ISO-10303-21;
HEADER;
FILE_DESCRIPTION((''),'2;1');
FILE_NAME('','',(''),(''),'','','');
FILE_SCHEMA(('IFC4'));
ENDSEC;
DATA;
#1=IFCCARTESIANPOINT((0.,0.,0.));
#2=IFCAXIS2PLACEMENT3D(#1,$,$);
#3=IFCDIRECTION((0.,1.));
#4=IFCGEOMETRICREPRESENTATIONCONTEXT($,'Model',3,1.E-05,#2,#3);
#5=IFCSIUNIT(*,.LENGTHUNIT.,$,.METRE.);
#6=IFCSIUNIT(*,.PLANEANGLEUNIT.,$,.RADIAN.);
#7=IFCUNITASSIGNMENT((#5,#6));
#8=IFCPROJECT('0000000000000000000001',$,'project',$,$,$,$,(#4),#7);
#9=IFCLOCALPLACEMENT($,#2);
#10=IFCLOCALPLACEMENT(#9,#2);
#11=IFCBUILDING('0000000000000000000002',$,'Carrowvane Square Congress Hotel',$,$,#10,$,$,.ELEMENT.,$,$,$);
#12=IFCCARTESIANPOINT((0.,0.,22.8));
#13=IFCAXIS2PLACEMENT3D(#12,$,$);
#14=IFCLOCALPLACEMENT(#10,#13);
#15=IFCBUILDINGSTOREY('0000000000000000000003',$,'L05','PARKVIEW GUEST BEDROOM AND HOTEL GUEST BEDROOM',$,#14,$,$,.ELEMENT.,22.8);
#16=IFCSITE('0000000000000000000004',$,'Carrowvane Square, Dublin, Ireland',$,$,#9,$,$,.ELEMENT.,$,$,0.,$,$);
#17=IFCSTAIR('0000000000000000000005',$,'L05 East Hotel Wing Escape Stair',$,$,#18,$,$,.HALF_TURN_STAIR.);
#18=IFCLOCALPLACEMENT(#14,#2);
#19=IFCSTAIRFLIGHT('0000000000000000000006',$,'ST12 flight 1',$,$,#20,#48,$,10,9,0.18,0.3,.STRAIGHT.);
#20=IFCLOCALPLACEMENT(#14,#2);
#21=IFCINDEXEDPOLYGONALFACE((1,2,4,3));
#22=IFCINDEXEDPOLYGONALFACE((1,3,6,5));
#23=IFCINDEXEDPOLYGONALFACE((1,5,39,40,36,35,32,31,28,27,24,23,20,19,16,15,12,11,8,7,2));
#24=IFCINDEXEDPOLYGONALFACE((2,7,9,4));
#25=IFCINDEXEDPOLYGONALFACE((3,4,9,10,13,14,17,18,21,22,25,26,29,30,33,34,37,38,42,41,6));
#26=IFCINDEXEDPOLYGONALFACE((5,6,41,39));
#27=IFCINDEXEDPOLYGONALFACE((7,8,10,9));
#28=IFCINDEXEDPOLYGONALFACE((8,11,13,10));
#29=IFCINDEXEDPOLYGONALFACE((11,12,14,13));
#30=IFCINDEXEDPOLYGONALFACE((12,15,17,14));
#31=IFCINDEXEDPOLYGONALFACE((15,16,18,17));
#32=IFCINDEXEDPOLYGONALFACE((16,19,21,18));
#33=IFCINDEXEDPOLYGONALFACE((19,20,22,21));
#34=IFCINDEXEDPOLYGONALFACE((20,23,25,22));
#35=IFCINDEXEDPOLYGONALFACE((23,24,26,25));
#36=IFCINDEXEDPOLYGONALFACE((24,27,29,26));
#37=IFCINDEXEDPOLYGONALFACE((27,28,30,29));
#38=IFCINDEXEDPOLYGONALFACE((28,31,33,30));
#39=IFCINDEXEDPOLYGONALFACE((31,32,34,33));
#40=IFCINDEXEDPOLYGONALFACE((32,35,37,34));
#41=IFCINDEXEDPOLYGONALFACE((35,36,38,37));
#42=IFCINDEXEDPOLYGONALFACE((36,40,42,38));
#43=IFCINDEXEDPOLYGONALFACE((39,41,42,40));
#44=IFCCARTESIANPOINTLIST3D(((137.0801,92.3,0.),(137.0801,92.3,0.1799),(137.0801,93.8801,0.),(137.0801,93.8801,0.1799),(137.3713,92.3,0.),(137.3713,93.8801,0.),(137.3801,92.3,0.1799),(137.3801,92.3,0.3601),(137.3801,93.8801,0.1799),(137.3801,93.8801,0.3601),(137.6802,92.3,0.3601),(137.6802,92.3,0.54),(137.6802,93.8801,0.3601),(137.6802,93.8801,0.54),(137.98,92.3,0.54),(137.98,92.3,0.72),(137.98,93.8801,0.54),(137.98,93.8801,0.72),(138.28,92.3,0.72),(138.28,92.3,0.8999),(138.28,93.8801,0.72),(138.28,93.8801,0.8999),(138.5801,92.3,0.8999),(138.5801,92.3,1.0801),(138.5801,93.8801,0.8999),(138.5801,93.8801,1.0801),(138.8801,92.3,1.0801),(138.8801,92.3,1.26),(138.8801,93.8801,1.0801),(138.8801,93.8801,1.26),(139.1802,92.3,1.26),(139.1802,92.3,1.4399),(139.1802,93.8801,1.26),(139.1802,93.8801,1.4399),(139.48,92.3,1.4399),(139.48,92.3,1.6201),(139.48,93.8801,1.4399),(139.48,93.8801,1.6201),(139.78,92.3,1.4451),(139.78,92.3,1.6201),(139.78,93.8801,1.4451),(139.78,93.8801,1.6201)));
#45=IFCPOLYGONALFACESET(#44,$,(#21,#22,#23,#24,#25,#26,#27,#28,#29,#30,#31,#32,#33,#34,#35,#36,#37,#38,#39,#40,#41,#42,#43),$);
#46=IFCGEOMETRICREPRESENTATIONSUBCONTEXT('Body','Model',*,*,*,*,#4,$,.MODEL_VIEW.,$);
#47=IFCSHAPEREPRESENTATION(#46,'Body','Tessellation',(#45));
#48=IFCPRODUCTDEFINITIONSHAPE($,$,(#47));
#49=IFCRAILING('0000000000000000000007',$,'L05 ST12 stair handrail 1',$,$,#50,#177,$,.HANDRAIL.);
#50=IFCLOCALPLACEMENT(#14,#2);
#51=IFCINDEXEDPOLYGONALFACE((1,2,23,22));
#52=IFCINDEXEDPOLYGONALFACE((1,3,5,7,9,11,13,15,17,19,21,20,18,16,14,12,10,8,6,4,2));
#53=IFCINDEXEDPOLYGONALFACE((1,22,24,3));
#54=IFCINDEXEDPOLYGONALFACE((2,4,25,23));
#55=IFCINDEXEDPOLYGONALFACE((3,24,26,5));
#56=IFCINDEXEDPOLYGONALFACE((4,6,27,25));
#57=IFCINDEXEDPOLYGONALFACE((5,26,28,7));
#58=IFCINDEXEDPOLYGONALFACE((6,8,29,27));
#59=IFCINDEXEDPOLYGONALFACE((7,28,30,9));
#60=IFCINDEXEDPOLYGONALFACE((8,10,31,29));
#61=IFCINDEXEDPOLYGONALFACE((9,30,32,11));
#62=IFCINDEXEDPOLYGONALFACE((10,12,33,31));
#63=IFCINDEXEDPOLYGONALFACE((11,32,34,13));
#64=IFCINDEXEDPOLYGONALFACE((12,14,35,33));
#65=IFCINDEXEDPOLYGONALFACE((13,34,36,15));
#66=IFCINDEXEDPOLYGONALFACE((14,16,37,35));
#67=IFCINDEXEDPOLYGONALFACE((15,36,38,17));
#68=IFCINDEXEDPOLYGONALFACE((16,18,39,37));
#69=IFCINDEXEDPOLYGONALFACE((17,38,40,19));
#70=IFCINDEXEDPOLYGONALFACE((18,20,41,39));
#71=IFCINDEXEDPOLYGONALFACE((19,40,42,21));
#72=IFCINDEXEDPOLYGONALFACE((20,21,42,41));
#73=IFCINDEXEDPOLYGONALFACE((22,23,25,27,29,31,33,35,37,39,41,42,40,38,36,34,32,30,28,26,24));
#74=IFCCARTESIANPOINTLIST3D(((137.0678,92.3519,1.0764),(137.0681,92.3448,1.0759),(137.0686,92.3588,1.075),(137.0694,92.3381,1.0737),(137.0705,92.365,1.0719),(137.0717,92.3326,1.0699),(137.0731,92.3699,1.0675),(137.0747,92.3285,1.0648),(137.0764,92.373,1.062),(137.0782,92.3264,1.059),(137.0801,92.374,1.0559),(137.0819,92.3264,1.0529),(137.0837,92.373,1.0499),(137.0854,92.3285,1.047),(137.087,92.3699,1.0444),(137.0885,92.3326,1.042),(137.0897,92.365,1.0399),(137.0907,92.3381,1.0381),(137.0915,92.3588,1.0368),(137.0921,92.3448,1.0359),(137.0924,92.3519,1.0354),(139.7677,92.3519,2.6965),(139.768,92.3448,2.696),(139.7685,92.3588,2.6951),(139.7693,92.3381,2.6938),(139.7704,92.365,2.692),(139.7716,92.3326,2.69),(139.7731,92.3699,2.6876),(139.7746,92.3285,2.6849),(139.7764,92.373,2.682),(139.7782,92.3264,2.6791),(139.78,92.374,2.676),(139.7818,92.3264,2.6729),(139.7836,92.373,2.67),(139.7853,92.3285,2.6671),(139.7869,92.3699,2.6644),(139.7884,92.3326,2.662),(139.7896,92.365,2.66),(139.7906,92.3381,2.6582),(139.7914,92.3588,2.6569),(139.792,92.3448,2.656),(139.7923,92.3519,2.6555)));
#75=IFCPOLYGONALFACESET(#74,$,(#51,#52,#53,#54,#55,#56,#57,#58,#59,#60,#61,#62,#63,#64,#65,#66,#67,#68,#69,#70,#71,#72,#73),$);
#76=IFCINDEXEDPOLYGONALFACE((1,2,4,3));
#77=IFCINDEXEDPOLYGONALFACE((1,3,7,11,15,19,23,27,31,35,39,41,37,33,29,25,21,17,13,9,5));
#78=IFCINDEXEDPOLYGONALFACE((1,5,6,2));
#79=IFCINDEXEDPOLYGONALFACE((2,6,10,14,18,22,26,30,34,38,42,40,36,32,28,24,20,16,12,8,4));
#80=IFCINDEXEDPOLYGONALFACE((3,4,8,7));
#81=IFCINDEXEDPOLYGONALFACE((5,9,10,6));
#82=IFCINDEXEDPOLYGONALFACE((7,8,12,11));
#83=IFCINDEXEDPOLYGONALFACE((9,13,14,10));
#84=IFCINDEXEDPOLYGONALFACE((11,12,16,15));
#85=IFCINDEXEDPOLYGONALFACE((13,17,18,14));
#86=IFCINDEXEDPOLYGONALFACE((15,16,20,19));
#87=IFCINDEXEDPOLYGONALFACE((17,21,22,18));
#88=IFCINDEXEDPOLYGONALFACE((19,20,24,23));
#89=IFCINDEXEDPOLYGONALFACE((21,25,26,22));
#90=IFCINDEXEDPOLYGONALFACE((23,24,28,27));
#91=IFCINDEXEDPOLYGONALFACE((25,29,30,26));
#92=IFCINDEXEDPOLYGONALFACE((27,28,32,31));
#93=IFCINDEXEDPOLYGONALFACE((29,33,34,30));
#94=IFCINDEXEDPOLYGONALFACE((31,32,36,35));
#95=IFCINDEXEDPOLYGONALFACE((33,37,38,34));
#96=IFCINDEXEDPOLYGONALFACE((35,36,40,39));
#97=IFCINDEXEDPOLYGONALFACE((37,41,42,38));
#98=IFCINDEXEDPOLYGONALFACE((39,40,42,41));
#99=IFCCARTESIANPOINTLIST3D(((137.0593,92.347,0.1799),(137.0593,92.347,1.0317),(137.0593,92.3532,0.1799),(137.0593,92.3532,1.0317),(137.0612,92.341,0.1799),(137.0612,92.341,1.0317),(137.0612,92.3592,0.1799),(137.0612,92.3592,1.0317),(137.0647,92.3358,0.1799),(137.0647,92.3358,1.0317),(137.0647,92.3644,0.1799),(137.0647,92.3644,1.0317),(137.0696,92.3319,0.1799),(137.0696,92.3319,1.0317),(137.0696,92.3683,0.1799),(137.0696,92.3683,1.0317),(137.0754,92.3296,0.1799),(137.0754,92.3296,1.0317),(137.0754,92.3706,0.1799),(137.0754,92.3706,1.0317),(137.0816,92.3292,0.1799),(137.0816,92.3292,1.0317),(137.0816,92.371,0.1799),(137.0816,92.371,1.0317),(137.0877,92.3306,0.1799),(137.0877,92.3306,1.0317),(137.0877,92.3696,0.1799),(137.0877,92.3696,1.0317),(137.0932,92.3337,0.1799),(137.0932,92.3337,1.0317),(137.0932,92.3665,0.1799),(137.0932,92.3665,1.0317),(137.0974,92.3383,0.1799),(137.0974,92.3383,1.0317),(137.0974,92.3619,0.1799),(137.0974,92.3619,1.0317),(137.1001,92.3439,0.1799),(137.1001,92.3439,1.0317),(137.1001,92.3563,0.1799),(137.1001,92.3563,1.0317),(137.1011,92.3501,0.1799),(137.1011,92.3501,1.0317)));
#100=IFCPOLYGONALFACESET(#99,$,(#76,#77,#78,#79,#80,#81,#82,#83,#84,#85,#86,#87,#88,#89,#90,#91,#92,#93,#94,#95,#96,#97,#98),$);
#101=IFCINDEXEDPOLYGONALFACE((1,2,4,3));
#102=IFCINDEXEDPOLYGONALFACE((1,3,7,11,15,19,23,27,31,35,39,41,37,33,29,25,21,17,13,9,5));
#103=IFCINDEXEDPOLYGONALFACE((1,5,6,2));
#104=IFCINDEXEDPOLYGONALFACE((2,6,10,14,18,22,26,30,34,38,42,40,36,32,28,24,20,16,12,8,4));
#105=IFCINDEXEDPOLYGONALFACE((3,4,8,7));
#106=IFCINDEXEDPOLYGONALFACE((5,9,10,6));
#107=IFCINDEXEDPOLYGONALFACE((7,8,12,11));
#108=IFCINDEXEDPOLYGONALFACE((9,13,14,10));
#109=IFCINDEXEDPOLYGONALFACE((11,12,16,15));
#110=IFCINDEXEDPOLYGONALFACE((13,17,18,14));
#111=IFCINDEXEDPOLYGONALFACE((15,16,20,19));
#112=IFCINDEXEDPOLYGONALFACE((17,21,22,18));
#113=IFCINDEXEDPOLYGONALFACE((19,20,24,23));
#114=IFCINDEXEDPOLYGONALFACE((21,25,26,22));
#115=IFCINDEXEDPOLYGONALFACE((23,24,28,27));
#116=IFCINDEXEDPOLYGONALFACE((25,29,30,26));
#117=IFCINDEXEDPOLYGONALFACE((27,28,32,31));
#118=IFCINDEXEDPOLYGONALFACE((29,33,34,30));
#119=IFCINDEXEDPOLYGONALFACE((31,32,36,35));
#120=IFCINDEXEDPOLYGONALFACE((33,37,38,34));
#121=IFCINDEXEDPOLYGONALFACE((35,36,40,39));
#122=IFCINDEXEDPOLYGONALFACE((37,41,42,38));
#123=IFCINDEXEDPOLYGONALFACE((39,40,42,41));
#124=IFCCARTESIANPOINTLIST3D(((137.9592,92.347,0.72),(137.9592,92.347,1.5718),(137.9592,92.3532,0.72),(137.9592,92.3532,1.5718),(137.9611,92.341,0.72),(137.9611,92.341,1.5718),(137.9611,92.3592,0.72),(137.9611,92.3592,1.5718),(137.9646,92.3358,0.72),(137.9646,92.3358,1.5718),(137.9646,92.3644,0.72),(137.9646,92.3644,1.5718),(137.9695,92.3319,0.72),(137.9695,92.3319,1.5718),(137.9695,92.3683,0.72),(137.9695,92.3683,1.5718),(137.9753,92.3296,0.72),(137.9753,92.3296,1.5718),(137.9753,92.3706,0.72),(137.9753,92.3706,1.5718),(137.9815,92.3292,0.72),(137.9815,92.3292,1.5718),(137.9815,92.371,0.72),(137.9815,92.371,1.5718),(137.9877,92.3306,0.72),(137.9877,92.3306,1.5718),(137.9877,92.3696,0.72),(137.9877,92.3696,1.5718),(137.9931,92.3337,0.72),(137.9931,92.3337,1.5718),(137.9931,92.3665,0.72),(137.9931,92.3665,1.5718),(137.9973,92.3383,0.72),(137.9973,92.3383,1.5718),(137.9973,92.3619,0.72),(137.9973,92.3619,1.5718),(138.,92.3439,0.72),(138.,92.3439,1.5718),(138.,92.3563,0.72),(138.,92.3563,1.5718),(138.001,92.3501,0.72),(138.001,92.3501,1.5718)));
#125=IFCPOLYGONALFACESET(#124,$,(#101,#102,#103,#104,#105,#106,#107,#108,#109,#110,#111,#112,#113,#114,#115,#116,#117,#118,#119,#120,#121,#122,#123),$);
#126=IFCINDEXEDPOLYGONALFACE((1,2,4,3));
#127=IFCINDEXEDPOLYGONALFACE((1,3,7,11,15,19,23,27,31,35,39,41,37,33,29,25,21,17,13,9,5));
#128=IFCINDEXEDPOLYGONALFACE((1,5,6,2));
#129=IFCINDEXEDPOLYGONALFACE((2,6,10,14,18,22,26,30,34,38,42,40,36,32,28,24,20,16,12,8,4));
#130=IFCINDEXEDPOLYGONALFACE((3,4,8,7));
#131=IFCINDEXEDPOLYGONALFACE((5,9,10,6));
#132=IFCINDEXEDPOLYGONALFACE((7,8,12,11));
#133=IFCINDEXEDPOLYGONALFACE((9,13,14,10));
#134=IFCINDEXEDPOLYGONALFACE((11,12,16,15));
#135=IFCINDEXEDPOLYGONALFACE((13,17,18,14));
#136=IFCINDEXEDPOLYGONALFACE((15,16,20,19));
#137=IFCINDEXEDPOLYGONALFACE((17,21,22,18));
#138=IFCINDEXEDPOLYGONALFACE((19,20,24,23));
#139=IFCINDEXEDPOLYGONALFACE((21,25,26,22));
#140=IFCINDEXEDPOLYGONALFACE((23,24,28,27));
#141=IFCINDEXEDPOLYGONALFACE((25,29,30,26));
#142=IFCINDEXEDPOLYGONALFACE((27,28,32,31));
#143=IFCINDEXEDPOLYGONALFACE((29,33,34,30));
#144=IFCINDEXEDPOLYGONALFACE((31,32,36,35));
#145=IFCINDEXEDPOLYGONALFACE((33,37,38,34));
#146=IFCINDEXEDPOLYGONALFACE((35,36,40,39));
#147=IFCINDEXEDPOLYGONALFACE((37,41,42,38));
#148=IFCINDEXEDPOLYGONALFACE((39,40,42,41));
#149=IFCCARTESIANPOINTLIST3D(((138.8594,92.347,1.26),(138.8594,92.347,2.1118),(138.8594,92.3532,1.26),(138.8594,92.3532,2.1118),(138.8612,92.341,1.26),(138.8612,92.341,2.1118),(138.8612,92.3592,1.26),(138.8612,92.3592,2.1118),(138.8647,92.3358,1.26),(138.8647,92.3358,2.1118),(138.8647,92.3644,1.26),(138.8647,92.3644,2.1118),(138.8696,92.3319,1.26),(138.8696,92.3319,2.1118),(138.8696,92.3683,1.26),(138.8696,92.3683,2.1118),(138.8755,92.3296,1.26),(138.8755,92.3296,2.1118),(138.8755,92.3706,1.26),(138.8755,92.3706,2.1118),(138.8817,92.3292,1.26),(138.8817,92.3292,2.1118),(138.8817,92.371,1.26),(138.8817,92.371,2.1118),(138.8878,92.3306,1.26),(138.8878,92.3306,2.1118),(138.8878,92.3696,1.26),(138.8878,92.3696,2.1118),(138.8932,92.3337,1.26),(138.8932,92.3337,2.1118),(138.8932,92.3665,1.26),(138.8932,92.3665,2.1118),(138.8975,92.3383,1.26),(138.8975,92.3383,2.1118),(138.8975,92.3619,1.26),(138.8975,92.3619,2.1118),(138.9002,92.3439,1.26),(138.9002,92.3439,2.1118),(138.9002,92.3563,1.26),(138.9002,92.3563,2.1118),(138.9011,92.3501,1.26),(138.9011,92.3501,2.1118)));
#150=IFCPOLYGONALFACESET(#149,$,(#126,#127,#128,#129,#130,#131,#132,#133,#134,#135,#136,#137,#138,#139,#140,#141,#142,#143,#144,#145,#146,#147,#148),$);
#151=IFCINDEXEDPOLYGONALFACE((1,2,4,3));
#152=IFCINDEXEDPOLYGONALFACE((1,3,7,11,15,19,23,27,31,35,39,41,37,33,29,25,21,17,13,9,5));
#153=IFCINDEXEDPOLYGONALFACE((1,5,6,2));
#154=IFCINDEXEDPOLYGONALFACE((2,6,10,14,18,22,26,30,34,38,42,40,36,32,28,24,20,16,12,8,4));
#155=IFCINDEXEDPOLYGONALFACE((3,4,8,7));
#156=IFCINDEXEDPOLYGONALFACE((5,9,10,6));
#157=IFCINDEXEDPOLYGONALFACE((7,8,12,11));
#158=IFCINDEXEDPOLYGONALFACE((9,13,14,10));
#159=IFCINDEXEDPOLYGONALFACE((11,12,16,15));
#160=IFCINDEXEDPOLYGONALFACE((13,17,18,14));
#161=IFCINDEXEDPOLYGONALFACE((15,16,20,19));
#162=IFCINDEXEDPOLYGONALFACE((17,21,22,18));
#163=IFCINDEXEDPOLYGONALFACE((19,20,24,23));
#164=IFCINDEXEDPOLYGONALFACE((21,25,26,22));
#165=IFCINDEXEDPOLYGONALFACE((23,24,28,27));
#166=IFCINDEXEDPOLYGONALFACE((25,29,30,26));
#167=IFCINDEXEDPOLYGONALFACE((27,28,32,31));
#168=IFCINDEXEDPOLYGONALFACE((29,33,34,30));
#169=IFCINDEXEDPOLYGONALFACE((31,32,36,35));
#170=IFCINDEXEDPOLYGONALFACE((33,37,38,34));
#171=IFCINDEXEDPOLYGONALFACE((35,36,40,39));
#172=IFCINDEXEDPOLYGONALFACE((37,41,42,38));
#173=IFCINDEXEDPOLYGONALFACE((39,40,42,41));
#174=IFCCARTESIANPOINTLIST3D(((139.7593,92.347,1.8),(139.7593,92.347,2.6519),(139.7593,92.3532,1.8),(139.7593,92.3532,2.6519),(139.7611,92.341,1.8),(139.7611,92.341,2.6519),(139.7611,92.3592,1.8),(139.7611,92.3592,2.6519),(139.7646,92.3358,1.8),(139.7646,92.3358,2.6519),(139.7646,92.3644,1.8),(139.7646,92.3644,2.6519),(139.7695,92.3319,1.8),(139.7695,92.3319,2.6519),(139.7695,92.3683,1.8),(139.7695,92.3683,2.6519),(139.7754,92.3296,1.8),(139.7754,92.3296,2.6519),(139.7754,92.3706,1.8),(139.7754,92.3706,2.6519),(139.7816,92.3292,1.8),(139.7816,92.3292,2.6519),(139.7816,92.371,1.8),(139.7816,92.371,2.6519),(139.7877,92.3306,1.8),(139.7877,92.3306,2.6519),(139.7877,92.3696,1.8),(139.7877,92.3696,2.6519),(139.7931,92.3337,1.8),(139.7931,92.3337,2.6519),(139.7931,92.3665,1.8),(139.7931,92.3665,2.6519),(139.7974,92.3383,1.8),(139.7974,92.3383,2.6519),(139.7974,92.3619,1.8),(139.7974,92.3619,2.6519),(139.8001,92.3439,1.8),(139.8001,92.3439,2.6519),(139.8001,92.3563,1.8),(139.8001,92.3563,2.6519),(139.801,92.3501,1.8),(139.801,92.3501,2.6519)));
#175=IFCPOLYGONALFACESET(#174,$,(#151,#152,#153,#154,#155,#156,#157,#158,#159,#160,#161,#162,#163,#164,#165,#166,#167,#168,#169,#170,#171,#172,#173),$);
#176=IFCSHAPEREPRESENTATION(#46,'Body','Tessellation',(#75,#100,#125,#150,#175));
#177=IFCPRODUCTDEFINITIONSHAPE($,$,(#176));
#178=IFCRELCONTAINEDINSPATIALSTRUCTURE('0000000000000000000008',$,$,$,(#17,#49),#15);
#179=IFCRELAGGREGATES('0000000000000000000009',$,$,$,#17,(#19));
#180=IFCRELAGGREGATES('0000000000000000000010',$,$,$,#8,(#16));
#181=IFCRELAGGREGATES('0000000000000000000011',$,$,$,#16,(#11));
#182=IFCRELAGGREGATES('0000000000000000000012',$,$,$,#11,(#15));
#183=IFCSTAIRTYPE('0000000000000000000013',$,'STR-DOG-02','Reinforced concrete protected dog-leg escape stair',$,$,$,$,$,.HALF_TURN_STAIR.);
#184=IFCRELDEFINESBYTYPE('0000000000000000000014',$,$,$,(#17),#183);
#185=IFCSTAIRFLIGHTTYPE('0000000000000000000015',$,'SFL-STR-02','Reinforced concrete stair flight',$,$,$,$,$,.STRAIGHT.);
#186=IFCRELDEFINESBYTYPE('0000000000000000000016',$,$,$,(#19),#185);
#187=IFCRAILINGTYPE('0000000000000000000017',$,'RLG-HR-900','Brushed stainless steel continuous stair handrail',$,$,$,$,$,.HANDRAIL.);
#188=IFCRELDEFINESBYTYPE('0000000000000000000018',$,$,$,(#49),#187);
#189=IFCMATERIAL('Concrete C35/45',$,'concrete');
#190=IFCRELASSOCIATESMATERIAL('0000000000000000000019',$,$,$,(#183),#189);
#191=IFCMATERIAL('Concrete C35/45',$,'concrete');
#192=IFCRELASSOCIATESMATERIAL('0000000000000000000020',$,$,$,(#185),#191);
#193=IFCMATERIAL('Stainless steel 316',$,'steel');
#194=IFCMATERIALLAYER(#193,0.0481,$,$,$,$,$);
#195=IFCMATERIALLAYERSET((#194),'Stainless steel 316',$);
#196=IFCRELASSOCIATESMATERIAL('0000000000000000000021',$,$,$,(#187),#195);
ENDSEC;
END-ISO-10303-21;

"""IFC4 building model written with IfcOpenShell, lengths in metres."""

from ifc_helpers import new_model, si_unit, direction, frame, origin, origin_2d, place, context, subcontext, project, spatial, polyline, circle, outline, extrude, material, layer, layer_set, type_object, element, aggregate, save


model = new_model("IFC4")

# Units and contexts
model_context = context("Model", 3, precision=1e-05, world=origin(), true_north=direction((0.0, 1.0)))
body_context = subcontext(model_context, "Body", "Model", "MODEL_VIEW")
ifc_project = project(units=[si_unit("LENGTHUNIT", "METRE"), si_unit("PLANEANGLEUNIT", "RADIAN")], contexts=[model_context])

# Site, building, storey
site_placement = place(None, origin())
site = spatial("IfcSite", under=ifc_project, at=site_placement, Name="Carrowvane Square, Dublin, Ireland", CompositionType="ELEMENT", RefElevation=0.0)
building_placement = place(site_placement, origin())
building = spatial("IfcBuilding", under=site, at=building_placement, Name="Carrowvane Square Congress Hotel", CompositionType="ELEMENT")
storey_placement = place(building_placement, frame((0.0, 0.0, 22.8)))
storey = spatial("IfcBuildingStorey", under=building, at=storey_placement, Name="L05", Description="PARKVIEW GUEST BEDROOM AND HOTEL GUEST BEDROOM", CompositionType="ELEMENT", Elevation=22.8)

# Stair, stair flight
ifc_material_1 = material(Name="Concrete C35/45", Category="concrete")
stair_type = type_object("IfcStairType", Name="STR-DOG-02", Description="Reinforced concrete protected dog-leg escape stair", PredefinedType="HALF_TURN_STAIR", material=ifc_material_1)
stair_placement = place(storey_placement, origin())
stair = element("IfcStair", 1, at=stair_placement, inside=storey, type_object=stair_type, Name="L05 East Hotel Wing Escape Stair", PredefinedType="HALF_TURN_STAIR")
ifc_material_2 = material(Name="Concrete C35/45", Category="concrete")
stair_flight_type = type_object("IfcStairFlightType", Name="SFL-STR-02", Description="Reinforced concrete stair flight", PredefinedType="STRAIGHT", material=ifc_material_2)
stair_flight_placement = place(storey_placement, frame((137.0801, 93.0901, 0.0), z_axis=(0.0, 0.0, 1.0), x_axis=(1.0, 0.0, 0.0)))
stair_flight = element("IfcStairFlight", 2, at=stair_flight_placement, type_object=stair_flight_type, Name="ST12 flight 1", NumberOfRisers=10, NumberOfTreads=9, PredefinedType="STRAIGHT", RiserHeight=0.18, TreadLength=0.3, context=body_context, shape_type="SweptSolid", body=[
    extrude(outline(polyline([(0.0, 0.0), (0.0, 0.1799), (0.3, 0.1799), (0.3, 0.3601), (0.6001, 0.3601), (0.6001, 0.54), (0.8999, 0.54), (0.8999, 0.72), (1.2, 0.72), (1.2, 0.8999), (1.5, 0.8999), (1.5, 1.0801), (1.8, 1.0801), (1.8, 1.26), (2.1001, 1.26), (2.1001, 1.4399), (2.3999, 1.4399), (2.3999, 1.6201), (2.7, 1.6201), (2.7, 1.8), (2.7, 1.4451), (0.2913, 0.0), (0.0, 0.0)])), frame((0.0, 0.79, 0.0), z_axis=(0.0, -1.0, 0.0), x_axis=(1.0, 0.0, 0.0)), (0.0, 0.0, 1.0), 1.5801),
])
aggregate(stair, [stair_flight])

# Railing
ifc_material_3 = material(Name="Stainless steel 316", Category="steel")
ifc_layer_1 = layer(ifc_material_3, 0.0481)
ifc_layer_set_1 = layer_set([ifc_layer_1], Name="Stainless steel 316")
railing_type_1 = type_object("IfcRailingType", Name="RLG-HR-900", Description="Brushed stainless steel continuous stair handrail", PredefinedType="HANDRAIL", material=ifc_layer_set_1)
railing_1_placement = place(storey_placement, frame((137.0801, 92.3501, 0.1799)))
element("IfcRailing", 3, at=railing_1_placement, inside=storey, type_object=railing_type_1, Name="L05 ST12 stair handrail 1", PredefinedType="HANDRAIL", context=body_context, shape_type="SweptSolid", body=[
    extrude(circle(Radius=0.0239, at=origin_2d()), frame((0.0, 0.0, 0.876), z_axis=(0.857472, 0.0, 0.51453), x_axis=(0.0, 1.0, 0.0)), (0.0, 0.0, 1.0), 3.1487),
    extrude(circle(Radius=0.021, at=origin_2d()), origin(), (0.0, 0.0, 1.0), 0.8518),
    extrude(circle(Radius=0.021, at=origin_2d()), frame((0.8999, 0.0, 0.54)), (0.0, 0.0, 1.0), 0.8518),
    extrude(circle(Radius=0.021, at=origin_2d()), frame((1.8, 0.0, 1.0801)), (0.0, 0.0, 1.0), 0.8518),
    extrude(circle(Radius=0.021, at=origin_2d()), frame((2.7, 0.0, 1.6201)), (0.0, 0.0, 1.0), 0.8518),
])

save(model, "model.ifc")
